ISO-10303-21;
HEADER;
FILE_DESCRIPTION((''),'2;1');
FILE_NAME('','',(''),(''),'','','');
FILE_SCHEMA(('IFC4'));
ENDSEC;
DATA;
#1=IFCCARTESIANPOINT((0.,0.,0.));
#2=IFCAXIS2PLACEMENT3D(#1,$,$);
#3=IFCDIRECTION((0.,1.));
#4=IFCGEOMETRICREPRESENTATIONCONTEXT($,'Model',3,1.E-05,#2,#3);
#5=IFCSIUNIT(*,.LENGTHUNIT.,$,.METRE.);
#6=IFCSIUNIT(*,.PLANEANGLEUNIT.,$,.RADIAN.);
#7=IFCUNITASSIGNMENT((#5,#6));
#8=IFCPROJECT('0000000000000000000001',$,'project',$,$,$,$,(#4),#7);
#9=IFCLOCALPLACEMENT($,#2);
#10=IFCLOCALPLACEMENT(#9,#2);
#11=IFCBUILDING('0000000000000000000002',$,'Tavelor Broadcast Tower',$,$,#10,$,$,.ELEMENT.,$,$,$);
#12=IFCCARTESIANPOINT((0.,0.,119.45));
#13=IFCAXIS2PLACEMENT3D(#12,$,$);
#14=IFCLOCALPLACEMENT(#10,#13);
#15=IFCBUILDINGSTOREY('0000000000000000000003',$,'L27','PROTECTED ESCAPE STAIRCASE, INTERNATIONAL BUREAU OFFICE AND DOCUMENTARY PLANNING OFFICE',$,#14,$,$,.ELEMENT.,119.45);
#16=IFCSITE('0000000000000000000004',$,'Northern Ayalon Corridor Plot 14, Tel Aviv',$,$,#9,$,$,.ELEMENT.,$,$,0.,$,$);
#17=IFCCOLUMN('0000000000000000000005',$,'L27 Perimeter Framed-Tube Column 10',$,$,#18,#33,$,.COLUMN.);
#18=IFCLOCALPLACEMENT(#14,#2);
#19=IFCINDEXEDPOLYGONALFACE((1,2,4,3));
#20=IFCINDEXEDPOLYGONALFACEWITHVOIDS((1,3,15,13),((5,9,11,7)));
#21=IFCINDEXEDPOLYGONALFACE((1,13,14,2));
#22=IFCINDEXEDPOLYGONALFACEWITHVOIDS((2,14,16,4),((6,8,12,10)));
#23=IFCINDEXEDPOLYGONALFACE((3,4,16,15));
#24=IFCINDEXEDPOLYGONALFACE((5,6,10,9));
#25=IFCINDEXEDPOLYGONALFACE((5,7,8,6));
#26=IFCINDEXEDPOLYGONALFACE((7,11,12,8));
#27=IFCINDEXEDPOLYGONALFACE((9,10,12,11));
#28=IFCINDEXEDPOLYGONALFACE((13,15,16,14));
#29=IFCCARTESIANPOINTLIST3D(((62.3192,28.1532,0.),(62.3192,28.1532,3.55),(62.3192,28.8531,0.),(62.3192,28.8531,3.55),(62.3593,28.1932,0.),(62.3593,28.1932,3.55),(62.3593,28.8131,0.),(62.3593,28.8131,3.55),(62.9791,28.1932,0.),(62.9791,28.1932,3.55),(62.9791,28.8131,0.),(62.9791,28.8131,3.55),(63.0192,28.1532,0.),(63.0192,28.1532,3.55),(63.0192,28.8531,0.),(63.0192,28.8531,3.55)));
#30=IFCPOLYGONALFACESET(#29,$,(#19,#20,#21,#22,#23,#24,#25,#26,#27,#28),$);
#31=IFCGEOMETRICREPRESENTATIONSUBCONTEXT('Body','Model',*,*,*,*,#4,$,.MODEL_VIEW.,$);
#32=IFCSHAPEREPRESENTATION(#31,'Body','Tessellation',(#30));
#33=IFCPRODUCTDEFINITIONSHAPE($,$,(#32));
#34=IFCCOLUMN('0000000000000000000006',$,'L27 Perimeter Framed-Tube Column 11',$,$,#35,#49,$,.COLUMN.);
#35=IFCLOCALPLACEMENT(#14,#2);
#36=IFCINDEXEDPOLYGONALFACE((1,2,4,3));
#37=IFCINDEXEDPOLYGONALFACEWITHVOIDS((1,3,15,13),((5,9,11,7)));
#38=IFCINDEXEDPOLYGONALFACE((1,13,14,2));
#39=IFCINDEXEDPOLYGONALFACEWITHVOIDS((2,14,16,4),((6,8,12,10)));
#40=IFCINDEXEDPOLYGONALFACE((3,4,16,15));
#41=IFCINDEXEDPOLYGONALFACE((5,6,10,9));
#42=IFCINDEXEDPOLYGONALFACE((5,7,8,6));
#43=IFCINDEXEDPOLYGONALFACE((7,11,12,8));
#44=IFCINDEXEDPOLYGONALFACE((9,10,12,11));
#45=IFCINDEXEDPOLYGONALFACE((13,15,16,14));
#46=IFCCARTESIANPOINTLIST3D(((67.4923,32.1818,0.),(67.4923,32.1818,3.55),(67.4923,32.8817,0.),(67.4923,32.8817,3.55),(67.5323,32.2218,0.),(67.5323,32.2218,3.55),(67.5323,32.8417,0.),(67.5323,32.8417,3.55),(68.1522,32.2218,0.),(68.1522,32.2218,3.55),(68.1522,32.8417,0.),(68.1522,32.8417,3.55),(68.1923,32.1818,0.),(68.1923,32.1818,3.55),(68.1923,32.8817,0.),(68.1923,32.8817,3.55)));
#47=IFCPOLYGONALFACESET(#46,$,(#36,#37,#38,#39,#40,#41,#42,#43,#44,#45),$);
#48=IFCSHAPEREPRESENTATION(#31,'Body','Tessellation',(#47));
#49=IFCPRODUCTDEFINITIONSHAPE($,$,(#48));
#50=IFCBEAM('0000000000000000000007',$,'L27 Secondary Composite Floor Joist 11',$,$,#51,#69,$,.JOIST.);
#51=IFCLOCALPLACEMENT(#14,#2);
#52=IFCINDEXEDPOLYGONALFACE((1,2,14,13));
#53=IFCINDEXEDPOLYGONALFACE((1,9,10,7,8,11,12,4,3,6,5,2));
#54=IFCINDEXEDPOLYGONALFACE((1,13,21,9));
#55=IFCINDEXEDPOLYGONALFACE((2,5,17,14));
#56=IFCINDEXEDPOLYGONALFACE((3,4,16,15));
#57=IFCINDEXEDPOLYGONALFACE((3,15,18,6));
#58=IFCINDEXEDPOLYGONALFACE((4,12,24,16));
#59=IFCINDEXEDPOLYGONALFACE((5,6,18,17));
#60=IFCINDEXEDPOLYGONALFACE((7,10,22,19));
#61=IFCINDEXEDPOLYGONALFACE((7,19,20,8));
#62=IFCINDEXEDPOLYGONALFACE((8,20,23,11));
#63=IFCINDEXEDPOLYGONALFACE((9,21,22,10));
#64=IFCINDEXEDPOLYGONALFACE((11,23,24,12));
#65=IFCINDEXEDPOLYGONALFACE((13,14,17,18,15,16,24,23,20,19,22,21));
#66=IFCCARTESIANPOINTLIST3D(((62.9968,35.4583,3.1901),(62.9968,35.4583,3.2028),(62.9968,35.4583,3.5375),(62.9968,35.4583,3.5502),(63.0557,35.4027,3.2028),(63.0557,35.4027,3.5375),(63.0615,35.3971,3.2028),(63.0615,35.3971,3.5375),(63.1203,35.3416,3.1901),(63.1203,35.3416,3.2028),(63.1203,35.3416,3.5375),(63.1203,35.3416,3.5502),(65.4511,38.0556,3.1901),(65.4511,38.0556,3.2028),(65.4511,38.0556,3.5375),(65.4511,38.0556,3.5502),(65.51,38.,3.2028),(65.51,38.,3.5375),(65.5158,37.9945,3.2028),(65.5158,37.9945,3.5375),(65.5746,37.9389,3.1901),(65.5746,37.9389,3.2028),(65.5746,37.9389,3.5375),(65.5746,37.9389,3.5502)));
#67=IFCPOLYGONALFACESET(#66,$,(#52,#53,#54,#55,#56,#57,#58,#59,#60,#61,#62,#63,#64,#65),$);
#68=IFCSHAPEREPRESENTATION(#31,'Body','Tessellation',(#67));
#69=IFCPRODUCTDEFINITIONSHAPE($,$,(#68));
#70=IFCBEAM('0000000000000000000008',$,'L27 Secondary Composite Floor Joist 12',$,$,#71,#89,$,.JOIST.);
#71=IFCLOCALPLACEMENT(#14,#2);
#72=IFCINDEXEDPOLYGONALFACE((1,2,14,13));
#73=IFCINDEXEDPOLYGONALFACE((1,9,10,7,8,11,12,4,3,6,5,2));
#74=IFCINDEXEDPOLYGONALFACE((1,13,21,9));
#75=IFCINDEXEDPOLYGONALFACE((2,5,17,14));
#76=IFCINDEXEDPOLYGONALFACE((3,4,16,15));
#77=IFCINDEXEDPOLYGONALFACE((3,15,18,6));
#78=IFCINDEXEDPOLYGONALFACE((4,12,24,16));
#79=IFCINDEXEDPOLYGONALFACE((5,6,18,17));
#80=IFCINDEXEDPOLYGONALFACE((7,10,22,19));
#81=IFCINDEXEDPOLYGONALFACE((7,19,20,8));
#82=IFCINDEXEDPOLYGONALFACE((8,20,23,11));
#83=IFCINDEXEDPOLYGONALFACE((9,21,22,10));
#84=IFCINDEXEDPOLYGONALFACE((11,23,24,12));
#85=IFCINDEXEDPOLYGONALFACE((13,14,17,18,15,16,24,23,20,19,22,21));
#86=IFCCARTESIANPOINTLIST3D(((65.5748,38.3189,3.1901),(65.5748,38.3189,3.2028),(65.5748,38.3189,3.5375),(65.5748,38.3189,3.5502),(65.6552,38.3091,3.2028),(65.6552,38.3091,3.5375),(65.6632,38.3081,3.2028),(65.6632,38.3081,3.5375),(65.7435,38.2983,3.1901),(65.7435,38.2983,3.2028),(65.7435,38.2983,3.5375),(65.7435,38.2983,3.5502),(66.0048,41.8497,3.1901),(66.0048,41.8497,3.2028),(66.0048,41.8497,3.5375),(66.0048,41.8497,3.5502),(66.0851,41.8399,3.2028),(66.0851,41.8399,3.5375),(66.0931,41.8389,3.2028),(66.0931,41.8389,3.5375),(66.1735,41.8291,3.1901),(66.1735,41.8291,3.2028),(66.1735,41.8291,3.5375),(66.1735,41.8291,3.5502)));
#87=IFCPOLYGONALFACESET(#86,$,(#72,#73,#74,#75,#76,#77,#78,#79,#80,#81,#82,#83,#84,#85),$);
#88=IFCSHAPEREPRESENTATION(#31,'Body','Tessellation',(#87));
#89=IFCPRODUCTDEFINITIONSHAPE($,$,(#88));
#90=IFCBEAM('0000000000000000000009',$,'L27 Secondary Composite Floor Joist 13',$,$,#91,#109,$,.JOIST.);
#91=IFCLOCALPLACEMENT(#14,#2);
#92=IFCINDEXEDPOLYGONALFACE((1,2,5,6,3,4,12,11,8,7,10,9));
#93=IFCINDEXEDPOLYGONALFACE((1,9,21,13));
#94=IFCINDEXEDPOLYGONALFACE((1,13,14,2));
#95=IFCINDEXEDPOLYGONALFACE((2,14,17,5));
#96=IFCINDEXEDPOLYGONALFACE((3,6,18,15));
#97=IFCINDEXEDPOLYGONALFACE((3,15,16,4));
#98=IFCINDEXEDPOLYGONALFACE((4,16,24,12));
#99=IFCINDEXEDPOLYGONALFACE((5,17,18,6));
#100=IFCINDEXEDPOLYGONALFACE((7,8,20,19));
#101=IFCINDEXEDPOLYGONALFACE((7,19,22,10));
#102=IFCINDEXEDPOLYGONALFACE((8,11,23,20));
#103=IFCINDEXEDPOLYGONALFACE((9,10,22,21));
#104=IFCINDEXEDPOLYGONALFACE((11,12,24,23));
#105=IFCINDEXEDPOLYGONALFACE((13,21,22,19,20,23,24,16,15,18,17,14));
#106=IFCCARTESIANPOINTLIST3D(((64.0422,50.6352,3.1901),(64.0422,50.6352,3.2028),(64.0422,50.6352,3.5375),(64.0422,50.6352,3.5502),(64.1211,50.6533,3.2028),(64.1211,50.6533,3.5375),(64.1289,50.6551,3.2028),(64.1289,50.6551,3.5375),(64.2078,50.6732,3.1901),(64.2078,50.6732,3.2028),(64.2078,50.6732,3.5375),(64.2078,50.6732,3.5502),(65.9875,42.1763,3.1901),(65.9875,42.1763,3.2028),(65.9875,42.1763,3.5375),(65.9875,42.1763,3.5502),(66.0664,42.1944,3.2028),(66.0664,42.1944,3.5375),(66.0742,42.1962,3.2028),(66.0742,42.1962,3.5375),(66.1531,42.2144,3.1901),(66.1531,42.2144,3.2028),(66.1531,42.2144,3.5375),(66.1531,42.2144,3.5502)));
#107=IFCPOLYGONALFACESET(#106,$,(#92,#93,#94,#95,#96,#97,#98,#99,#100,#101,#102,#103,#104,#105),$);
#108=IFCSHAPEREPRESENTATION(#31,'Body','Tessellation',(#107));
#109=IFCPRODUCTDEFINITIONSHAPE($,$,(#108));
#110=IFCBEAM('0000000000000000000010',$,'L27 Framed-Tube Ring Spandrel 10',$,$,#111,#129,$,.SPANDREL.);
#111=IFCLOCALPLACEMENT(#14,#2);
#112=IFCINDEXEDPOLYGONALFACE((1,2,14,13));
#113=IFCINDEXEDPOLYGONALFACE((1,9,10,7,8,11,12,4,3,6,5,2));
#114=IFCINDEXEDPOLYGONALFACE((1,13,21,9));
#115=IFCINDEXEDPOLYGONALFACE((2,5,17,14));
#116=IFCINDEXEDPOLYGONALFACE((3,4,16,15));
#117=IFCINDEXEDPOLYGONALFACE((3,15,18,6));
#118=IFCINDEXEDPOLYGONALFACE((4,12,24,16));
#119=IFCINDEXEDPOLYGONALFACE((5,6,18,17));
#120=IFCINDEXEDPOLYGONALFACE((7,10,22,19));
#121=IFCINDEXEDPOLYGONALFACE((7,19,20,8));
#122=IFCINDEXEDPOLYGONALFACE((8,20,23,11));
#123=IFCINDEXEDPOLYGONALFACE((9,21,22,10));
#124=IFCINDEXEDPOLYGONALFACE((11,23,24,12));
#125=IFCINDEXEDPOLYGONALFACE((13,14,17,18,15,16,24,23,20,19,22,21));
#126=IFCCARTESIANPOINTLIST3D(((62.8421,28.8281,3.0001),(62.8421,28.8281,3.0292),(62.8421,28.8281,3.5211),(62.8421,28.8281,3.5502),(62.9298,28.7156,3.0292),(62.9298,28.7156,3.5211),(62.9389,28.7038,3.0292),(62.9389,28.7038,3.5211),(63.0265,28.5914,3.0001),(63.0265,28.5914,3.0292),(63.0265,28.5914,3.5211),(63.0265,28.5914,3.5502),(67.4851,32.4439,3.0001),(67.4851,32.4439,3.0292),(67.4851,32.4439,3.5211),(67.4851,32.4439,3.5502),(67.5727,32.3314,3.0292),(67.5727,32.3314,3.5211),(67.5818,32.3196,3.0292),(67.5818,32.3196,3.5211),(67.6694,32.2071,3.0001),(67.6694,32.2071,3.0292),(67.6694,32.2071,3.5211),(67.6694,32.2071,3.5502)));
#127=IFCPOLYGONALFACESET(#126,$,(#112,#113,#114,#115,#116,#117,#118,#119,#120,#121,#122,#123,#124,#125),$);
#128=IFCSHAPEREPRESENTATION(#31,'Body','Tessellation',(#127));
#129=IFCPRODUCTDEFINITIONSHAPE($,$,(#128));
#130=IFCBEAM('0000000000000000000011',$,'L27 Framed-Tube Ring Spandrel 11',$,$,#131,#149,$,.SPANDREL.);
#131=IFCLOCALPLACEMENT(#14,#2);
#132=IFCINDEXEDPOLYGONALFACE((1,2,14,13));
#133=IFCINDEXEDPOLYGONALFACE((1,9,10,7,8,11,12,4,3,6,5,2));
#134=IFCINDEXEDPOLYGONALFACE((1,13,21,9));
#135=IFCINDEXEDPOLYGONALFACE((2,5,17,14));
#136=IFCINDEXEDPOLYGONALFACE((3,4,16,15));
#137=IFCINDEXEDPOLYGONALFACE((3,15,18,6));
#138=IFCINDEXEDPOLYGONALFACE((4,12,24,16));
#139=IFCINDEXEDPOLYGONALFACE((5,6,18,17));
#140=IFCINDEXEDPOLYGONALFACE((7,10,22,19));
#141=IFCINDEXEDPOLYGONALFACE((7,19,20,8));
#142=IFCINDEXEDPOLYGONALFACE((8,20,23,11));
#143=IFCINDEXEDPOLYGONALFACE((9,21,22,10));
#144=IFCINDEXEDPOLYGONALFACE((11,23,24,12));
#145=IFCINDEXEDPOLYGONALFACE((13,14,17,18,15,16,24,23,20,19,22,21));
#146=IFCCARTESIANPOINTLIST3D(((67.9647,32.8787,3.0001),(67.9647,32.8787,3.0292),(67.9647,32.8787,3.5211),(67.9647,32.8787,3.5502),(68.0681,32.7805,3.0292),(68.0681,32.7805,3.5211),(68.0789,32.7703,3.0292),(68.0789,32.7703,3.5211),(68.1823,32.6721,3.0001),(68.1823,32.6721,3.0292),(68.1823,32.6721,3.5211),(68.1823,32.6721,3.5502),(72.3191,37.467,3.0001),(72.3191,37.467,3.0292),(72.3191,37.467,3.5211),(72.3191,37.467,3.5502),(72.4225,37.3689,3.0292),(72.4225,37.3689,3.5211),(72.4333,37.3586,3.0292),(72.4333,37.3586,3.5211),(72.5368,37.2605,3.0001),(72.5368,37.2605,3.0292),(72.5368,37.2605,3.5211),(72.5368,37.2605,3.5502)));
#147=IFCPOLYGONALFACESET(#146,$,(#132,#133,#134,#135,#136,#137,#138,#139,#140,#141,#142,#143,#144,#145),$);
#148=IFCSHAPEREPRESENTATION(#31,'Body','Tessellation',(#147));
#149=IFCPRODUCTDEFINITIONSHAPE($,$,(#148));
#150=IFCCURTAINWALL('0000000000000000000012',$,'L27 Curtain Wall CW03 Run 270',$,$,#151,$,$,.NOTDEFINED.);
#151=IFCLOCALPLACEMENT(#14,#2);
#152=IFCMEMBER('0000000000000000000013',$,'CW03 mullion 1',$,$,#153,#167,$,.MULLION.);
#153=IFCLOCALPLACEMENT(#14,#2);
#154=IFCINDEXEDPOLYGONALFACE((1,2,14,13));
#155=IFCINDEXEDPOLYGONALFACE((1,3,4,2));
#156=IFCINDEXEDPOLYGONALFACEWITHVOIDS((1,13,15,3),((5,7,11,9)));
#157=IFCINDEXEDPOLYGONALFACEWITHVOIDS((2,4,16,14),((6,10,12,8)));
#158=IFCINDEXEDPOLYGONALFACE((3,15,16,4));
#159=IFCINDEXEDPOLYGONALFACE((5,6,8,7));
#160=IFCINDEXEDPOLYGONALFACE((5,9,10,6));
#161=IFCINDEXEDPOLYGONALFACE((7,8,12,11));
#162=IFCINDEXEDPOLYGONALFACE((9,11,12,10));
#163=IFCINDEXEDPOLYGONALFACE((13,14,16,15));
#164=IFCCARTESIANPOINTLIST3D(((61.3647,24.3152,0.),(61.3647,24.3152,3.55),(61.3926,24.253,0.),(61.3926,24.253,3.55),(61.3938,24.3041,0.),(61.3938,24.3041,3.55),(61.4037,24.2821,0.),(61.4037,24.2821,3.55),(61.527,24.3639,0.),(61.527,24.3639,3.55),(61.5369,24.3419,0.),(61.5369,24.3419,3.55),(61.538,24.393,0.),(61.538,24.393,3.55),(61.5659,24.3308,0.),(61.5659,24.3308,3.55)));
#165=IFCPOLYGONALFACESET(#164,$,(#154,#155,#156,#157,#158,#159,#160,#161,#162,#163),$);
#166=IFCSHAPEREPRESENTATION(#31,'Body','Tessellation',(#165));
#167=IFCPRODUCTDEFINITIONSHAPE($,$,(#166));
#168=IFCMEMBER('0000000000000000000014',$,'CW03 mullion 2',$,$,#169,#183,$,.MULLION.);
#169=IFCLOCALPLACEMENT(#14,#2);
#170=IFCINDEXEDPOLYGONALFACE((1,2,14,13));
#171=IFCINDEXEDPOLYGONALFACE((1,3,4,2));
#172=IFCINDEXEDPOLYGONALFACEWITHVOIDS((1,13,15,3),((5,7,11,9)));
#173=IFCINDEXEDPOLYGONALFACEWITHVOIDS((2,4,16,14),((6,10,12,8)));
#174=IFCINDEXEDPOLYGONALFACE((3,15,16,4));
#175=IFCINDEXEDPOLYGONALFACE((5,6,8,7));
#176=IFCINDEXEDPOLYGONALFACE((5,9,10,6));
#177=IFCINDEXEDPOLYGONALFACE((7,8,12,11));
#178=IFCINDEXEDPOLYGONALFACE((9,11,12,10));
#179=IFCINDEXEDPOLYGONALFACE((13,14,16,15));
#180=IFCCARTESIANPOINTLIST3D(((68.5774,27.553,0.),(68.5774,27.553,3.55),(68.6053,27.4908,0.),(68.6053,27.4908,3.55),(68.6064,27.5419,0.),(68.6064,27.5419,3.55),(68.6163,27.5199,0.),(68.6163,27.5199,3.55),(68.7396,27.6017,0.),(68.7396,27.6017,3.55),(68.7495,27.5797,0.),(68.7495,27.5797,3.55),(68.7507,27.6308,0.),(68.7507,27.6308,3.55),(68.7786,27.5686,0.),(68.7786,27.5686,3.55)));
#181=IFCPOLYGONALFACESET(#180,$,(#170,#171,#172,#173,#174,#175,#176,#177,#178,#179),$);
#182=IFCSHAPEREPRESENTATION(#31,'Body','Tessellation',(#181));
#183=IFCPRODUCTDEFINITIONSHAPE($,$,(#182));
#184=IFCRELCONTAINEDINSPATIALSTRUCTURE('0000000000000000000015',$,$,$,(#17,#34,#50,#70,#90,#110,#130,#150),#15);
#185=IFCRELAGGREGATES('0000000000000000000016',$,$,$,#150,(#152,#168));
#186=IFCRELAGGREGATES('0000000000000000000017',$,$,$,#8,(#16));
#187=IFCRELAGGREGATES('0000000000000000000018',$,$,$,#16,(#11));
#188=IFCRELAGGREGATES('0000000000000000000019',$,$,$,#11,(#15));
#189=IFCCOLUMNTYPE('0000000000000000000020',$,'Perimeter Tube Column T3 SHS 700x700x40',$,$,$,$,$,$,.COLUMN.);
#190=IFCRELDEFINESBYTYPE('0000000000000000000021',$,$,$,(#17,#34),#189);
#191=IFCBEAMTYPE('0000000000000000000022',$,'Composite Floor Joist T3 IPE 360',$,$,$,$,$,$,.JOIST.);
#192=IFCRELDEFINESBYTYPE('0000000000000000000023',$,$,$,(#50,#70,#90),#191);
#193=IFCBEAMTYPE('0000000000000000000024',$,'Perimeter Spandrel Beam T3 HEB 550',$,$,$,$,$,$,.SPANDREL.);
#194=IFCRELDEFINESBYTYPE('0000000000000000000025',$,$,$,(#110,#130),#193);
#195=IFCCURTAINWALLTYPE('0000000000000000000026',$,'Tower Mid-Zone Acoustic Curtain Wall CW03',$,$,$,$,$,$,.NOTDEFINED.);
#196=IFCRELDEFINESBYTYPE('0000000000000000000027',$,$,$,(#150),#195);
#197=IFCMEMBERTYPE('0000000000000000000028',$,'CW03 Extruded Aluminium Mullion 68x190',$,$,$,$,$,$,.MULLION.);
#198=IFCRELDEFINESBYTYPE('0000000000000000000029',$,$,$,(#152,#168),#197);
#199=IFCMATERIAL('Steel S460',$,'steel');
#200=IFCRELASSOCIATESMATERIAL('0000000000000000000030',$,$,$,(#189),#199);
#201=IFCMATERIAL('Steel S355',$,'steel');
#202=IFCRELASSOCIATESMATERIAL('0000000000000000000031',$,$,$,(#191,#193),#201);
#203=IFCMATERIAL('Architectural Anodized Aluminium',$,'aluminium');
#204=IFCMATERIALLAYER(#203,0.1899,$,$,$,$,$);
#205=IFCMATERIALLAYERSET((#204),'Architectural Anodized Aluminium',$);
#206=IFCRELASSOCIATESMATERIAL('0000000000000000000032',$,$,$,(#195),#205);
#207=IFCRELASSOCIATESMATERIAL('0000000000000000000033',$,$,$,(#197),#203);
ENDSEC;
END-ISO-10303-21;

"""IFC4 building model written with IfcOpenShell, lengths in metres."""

from ifc_helpers import new_model, si_unit, direction, frame, origin, origin_2d, place, context, subcontext, project, spatial, hollow_rectangle, i_section, extrude, source, transform, mapped, material, layer, layer_set, material_profile, profile_set, type_object, type_shapes, element, aggregate, save


model = new_model("IFC4")

# Units and contexts
model_context = context("Model", 3, precision=1e-05, world=origin(), true_north=direction((0.0, 1.0)))
body_context = subcontext(model_context, "Body", "Model", "MODEL_VIEW")
ifc_project = project(units=[si_unit("LENGTHUNIT", "METRE"), si_unit("PLANEANGLEUNIT", "RADIAN")], contexts=[model_context])

# Site, building, storey
site_placement = place(None, origin())
site = spatial("IfcSite", under=ifc_project, at=site_placement, Name="Northern Ayalon Corridor Plot 14, Tel Aviv", CompositionType="ELEMENT", RefElevation=0.0)
building_placement = place(site_placement, origin())
building = spatial("IfcBuilding", under=site, at=building_placement, Name="Tavelor Broadcast Tower", CompositionType="ELEMENT")
storey_placement = place(building_placement, frame((0.0, 0.0, 119.45)))
storey = spatial("IfcBuildingStorey", under=building, at=storey_placement, Name="L27", Description="PROTECTED ESCAPE STAIRCASE, INTERNATIONAL BUREAU OFFICE AND DOCUMENTARY PLANNING OFFICE", CompositionType="ELEMENT", Elevation=119.45)

# Columns
ifc_material_1 = material(Name="Steel S460", Category="steel")
ifc_material_profile_1 = material_profile(ifc_material_1, hollow_rectangle(XDim=0.7, YDim=0.7, WallThickness=0.04, at=origin_2d()), Name="SHS 700x700x40")
ifc_profile_set_1 = profile_set([ifc_material_profile_1], Name="Steel S460")
column_type = type_object("IfcColumnType", Name="Perimeter Tube Column T3 SHS 700x700x40", PredefinedType="COLUMN", material=ifc_profile_set_1)
for number, where, z_axis, x_axis, name in (
    (1, (62.6692, 28.5032, 0.0), (0.0, 0.0, 1.0), (1.0, 0.0, 0.0), "L27 Perimeter Framed-Tube Column 10"),
    (2, (67.8423, 32.5317, 0.0), (0.0, 0.0, 1.0), (1.0, 0.0, 0.0), "L27 Perimeter Framed-Tube Column 11"),
):
    element("IfcColumn", number, at=place(storey_placement, frame(where, z_axis=z_axis, x_axis=x_axis)), inside=storey, type_object=column_type, Name=name, PredefinedType="COLUMN", context=body_context, shape_type="SweptSolid", body=[
        extrude(hollow_rectangle(XDim=0.7, YDim=0.7, WallThickness=0.04, at=origin_2d()), origin(), (0.0, 0.0, 1.0), 3.55),
    ])

# Beams
ifc_material_2 = material(Name="Steel S355", Category="steel")
ifc_material_profile_2 = material_profile(ifc_material_2, i_section(OverallWidth=0.1699, OverallDepth=0.3601, WebThickness=0.0081, FlangeThickness=0.0127, at=origin_2d()), Name="IPE 360")
ifc_profile_set_2 = profile_set([ifc_material_profile_2], Name="Steel S355")
beam_type_1 = type_object("IfcBeamType", Name="Composite Floor Joist T3 IPE 360", PredefinedType="JOIST", material=ifc_profile_set_2)
beam_1_placement = place(storey_placement, frame((63.0586, 35.3999, 3.3701), z_axis=(0.686806, 0.726841, 0.0), x_axis=(-0.726841, 0.686806, 0.0)))
element("IfcBeam", 3, at=beam_1_placement, inside=storey, type_object=beam_type_1, Name="L27 Secondary Composite Floor Joist 11", PredefinedType="JOIST", context=body_context, shape_type="SweptSolid", body=[
    extrude(i_section(OverallWidth=0.1699, OverallDepth=0.3601, WebThickness=0.0081, FlangeThickness=0.0127, at=origin_2d()), origin(), (0.0, 0.0, 1.0), 3.5735),
])
beam_2_placement = place(storey_placement, frame((65.6592, 38.3086, 3.3701), z_axis=(0.120875, 0.992668, 0.0), x_axis=(-0.992668, 0.120875, 0.0)))
element("IfcBeam", 4, at=beam_2_placement, inside=storey, type_object=beam_type_1, Name="L27 Secondary Composite Floor Joist 12", PredefinedType="JOIST", context=body_context, shape_type="SweptSolid", body=[
    extrude(i_section(OverallWidth=0.1699, OverallDepth=0.3601, WebThickness=0.0081, FlangeThickness=0.0127, at=origin_2d()), origin(), (0.0, 0.0, 1.0), 3.5569),
])
beam_3_placement = place(storey_placement, frame((66.0703, 42.1953, 3.3701), z_axis=(-0.22412, 0.974562, 0.0), x_axis=(-0.974562, -0.22412, 0.0)))
element("IfcBeam", 5, at=beam_3_placement, inside=storey, type_object=beam_type_1, Name="L27 Secondary Composite Floor Joist 13", PredefinedType="JOIST", context=body_context, shape_type="SweptSolid", body=[
    extrude(i_section(OverallWidth=0.1699, OverallDepth=0.3601, WebThickness=0.0081, FlangeThickness=0.0127, at=origin_2d()), origin(), (0.0, 0.0, 1.0), 8.6797),
])
ifc_material_profile_3 = material_profile(ifc_material_2, i_section(OverallWidth=0.3, OverallDepth=0.55, WebThickness=0.0149, FlangeThickness=0.0291, at=origin_2d()), Name="HEB 550")
ifc_profile_set_3 = profile_set([ifc_material_profile_3], Name="Steel S355")
beam_type_2 = type_object("IfcBeamType", Name="Perimeter Spandrel Beam T3 HEB 550", PredefinedType="SPANDREL", material=ifc_profile_set_3)
beam_4_placement = place(storey_placement, frame((62.9343, 28.7097, 3.2751), z_axis=(0.78897, 0.614432, 0.0), x_axis=(-0.614432, 0.78897, 0.0)))
element("IfcBeam", 6, at=beam_4_placement, inside=storey, type_object=beam_type_2, Name="L27 Framed-Tube Ring Spandrel 10", PredefinedType="SPANDREL", context=body_context, shape_type="SweptSolid", body=[
    extrude(i_section(OverallWidth=0.3, OverallDepth=0.55, WebThickness=0.0149, FlangeThickness=0.0291, at=origin_2d()), origin(), (0.0, 0.0, 1.0), 5.8848),
])
beam_5_placement = place(storey_placement, frame((68.0735, 32.7754, 3.2751), z_axis=(0.688378, 0.725352, 0.0), x_axis=(-0.725352, 0.688378, 0.0)))
element("IfcBeam", 7, at=beam_5_placement, inside=storey, type_object=beam_type_2, Name="L27 Framed-Tube Ring Spandrel 11", PredefinedType="SPANDREL", context=body_context, shape_type="SweptSolid", body=[
    extrude(i_section(OverallWidth=0.3, OverallDepth=0.55, WebThickness=0.0149, FlangeThickness=0.0291, at=origin_2d()), origin(), (0.0, 0.0, 1.0), 6.3257),
])

# Curtain wall, members
ifc_material_3 = material(Name="Architectural Anodized Aluminium", Category="aluminium")
ifc_layer_1 = layer(ifc_material_3, 0.1899)
ifc_layer_set_1 = layer_set([ifc_layer_1], Name="Architectural Anodized Aluminium")
curtain_wall_type = type_object("IfcCurtainWallType", Name="Tower Mid-Zone Acoustic Curtain Wall CW03", PredefinedType="NOTDEFINED", material=ifc_layer_set_1)
curtain_wall_1_placement = place(storey_placement, origin())
curtain_wall_1 = element("IfcCurtainWall", 8, at=curtain_wall_1_placement, inside=storey, type_object=curtain_wall_type, Name="L27 Curtain Wall CW03 Run 270", PredefinedType="NOTDEFINED")
ifc_material_profile_4 = material_profile(ifc_material_3, hollow_rectangle(XDim=0.0681, YDim=0.1899, WallThickness=0.022, at=origin_2d()), Name="RHS 68x190x22")
ifc_profile_set_4 = profile_set([ifc_material_profile_4], Name="Architectural Anodized Aluminium")
member_type_1 = type_object("IfcMemberType", Name="CW03 Extruded Aluminium Mullion 68x190", PredefinedType="MULLION", material=ifc_profile_set_4)
shared_shape_1 = source(origin(), body_context, "Body", "SweptSolid", [
    extrude(hollow_rectangle(XDim=0.0681, YDim=0.1899, WallThickness=0.022, at=origin_2d()), origin(), (0.0, 0.0, 1.0), 3.55),
])
type_shapes(member_type_1, [shared_shape_1])
member_1_placement = place(storey_placement, frame((61.4653, 24.323, 0.0), z_axis=(0.0, 0.0, 1.0), x_axis=(-0.409539, 0.912293, 0.0)))
member_1 = element("IfcMember", 9, at=member_1_placement, type_object=member_type_1, Name="CW03 mullion 1", PredefinedType="MULLION", context=body_context, shape_type="MappedRepresentation", body=[
    mapped(shared_shape_1, transform((0.0, 0.0, 0.0), scale=1.0)),
])
member_2_placement = place(storey_placement, frame((68.678, 27.5608, 0.0), z_axis=(0.0, 0.0, 1.0), x_axis=(-0.409539, 0.912293, 0.0)))
member_2 = element("IfcMember", 10, at=member_2_placement, type_object=member_type_1, Name="CW03 mullion 2", PredefinedType="MULLION", context=body_context, shape_type="MappedRepresentation", body=[
    mapped(shared_shape_1, transform((0.0, 0.0, 0.0), scale=1.0)),
])

aggregate(curtain_wall_1, [member_1, member_2])

save(model, "model.ifc")
